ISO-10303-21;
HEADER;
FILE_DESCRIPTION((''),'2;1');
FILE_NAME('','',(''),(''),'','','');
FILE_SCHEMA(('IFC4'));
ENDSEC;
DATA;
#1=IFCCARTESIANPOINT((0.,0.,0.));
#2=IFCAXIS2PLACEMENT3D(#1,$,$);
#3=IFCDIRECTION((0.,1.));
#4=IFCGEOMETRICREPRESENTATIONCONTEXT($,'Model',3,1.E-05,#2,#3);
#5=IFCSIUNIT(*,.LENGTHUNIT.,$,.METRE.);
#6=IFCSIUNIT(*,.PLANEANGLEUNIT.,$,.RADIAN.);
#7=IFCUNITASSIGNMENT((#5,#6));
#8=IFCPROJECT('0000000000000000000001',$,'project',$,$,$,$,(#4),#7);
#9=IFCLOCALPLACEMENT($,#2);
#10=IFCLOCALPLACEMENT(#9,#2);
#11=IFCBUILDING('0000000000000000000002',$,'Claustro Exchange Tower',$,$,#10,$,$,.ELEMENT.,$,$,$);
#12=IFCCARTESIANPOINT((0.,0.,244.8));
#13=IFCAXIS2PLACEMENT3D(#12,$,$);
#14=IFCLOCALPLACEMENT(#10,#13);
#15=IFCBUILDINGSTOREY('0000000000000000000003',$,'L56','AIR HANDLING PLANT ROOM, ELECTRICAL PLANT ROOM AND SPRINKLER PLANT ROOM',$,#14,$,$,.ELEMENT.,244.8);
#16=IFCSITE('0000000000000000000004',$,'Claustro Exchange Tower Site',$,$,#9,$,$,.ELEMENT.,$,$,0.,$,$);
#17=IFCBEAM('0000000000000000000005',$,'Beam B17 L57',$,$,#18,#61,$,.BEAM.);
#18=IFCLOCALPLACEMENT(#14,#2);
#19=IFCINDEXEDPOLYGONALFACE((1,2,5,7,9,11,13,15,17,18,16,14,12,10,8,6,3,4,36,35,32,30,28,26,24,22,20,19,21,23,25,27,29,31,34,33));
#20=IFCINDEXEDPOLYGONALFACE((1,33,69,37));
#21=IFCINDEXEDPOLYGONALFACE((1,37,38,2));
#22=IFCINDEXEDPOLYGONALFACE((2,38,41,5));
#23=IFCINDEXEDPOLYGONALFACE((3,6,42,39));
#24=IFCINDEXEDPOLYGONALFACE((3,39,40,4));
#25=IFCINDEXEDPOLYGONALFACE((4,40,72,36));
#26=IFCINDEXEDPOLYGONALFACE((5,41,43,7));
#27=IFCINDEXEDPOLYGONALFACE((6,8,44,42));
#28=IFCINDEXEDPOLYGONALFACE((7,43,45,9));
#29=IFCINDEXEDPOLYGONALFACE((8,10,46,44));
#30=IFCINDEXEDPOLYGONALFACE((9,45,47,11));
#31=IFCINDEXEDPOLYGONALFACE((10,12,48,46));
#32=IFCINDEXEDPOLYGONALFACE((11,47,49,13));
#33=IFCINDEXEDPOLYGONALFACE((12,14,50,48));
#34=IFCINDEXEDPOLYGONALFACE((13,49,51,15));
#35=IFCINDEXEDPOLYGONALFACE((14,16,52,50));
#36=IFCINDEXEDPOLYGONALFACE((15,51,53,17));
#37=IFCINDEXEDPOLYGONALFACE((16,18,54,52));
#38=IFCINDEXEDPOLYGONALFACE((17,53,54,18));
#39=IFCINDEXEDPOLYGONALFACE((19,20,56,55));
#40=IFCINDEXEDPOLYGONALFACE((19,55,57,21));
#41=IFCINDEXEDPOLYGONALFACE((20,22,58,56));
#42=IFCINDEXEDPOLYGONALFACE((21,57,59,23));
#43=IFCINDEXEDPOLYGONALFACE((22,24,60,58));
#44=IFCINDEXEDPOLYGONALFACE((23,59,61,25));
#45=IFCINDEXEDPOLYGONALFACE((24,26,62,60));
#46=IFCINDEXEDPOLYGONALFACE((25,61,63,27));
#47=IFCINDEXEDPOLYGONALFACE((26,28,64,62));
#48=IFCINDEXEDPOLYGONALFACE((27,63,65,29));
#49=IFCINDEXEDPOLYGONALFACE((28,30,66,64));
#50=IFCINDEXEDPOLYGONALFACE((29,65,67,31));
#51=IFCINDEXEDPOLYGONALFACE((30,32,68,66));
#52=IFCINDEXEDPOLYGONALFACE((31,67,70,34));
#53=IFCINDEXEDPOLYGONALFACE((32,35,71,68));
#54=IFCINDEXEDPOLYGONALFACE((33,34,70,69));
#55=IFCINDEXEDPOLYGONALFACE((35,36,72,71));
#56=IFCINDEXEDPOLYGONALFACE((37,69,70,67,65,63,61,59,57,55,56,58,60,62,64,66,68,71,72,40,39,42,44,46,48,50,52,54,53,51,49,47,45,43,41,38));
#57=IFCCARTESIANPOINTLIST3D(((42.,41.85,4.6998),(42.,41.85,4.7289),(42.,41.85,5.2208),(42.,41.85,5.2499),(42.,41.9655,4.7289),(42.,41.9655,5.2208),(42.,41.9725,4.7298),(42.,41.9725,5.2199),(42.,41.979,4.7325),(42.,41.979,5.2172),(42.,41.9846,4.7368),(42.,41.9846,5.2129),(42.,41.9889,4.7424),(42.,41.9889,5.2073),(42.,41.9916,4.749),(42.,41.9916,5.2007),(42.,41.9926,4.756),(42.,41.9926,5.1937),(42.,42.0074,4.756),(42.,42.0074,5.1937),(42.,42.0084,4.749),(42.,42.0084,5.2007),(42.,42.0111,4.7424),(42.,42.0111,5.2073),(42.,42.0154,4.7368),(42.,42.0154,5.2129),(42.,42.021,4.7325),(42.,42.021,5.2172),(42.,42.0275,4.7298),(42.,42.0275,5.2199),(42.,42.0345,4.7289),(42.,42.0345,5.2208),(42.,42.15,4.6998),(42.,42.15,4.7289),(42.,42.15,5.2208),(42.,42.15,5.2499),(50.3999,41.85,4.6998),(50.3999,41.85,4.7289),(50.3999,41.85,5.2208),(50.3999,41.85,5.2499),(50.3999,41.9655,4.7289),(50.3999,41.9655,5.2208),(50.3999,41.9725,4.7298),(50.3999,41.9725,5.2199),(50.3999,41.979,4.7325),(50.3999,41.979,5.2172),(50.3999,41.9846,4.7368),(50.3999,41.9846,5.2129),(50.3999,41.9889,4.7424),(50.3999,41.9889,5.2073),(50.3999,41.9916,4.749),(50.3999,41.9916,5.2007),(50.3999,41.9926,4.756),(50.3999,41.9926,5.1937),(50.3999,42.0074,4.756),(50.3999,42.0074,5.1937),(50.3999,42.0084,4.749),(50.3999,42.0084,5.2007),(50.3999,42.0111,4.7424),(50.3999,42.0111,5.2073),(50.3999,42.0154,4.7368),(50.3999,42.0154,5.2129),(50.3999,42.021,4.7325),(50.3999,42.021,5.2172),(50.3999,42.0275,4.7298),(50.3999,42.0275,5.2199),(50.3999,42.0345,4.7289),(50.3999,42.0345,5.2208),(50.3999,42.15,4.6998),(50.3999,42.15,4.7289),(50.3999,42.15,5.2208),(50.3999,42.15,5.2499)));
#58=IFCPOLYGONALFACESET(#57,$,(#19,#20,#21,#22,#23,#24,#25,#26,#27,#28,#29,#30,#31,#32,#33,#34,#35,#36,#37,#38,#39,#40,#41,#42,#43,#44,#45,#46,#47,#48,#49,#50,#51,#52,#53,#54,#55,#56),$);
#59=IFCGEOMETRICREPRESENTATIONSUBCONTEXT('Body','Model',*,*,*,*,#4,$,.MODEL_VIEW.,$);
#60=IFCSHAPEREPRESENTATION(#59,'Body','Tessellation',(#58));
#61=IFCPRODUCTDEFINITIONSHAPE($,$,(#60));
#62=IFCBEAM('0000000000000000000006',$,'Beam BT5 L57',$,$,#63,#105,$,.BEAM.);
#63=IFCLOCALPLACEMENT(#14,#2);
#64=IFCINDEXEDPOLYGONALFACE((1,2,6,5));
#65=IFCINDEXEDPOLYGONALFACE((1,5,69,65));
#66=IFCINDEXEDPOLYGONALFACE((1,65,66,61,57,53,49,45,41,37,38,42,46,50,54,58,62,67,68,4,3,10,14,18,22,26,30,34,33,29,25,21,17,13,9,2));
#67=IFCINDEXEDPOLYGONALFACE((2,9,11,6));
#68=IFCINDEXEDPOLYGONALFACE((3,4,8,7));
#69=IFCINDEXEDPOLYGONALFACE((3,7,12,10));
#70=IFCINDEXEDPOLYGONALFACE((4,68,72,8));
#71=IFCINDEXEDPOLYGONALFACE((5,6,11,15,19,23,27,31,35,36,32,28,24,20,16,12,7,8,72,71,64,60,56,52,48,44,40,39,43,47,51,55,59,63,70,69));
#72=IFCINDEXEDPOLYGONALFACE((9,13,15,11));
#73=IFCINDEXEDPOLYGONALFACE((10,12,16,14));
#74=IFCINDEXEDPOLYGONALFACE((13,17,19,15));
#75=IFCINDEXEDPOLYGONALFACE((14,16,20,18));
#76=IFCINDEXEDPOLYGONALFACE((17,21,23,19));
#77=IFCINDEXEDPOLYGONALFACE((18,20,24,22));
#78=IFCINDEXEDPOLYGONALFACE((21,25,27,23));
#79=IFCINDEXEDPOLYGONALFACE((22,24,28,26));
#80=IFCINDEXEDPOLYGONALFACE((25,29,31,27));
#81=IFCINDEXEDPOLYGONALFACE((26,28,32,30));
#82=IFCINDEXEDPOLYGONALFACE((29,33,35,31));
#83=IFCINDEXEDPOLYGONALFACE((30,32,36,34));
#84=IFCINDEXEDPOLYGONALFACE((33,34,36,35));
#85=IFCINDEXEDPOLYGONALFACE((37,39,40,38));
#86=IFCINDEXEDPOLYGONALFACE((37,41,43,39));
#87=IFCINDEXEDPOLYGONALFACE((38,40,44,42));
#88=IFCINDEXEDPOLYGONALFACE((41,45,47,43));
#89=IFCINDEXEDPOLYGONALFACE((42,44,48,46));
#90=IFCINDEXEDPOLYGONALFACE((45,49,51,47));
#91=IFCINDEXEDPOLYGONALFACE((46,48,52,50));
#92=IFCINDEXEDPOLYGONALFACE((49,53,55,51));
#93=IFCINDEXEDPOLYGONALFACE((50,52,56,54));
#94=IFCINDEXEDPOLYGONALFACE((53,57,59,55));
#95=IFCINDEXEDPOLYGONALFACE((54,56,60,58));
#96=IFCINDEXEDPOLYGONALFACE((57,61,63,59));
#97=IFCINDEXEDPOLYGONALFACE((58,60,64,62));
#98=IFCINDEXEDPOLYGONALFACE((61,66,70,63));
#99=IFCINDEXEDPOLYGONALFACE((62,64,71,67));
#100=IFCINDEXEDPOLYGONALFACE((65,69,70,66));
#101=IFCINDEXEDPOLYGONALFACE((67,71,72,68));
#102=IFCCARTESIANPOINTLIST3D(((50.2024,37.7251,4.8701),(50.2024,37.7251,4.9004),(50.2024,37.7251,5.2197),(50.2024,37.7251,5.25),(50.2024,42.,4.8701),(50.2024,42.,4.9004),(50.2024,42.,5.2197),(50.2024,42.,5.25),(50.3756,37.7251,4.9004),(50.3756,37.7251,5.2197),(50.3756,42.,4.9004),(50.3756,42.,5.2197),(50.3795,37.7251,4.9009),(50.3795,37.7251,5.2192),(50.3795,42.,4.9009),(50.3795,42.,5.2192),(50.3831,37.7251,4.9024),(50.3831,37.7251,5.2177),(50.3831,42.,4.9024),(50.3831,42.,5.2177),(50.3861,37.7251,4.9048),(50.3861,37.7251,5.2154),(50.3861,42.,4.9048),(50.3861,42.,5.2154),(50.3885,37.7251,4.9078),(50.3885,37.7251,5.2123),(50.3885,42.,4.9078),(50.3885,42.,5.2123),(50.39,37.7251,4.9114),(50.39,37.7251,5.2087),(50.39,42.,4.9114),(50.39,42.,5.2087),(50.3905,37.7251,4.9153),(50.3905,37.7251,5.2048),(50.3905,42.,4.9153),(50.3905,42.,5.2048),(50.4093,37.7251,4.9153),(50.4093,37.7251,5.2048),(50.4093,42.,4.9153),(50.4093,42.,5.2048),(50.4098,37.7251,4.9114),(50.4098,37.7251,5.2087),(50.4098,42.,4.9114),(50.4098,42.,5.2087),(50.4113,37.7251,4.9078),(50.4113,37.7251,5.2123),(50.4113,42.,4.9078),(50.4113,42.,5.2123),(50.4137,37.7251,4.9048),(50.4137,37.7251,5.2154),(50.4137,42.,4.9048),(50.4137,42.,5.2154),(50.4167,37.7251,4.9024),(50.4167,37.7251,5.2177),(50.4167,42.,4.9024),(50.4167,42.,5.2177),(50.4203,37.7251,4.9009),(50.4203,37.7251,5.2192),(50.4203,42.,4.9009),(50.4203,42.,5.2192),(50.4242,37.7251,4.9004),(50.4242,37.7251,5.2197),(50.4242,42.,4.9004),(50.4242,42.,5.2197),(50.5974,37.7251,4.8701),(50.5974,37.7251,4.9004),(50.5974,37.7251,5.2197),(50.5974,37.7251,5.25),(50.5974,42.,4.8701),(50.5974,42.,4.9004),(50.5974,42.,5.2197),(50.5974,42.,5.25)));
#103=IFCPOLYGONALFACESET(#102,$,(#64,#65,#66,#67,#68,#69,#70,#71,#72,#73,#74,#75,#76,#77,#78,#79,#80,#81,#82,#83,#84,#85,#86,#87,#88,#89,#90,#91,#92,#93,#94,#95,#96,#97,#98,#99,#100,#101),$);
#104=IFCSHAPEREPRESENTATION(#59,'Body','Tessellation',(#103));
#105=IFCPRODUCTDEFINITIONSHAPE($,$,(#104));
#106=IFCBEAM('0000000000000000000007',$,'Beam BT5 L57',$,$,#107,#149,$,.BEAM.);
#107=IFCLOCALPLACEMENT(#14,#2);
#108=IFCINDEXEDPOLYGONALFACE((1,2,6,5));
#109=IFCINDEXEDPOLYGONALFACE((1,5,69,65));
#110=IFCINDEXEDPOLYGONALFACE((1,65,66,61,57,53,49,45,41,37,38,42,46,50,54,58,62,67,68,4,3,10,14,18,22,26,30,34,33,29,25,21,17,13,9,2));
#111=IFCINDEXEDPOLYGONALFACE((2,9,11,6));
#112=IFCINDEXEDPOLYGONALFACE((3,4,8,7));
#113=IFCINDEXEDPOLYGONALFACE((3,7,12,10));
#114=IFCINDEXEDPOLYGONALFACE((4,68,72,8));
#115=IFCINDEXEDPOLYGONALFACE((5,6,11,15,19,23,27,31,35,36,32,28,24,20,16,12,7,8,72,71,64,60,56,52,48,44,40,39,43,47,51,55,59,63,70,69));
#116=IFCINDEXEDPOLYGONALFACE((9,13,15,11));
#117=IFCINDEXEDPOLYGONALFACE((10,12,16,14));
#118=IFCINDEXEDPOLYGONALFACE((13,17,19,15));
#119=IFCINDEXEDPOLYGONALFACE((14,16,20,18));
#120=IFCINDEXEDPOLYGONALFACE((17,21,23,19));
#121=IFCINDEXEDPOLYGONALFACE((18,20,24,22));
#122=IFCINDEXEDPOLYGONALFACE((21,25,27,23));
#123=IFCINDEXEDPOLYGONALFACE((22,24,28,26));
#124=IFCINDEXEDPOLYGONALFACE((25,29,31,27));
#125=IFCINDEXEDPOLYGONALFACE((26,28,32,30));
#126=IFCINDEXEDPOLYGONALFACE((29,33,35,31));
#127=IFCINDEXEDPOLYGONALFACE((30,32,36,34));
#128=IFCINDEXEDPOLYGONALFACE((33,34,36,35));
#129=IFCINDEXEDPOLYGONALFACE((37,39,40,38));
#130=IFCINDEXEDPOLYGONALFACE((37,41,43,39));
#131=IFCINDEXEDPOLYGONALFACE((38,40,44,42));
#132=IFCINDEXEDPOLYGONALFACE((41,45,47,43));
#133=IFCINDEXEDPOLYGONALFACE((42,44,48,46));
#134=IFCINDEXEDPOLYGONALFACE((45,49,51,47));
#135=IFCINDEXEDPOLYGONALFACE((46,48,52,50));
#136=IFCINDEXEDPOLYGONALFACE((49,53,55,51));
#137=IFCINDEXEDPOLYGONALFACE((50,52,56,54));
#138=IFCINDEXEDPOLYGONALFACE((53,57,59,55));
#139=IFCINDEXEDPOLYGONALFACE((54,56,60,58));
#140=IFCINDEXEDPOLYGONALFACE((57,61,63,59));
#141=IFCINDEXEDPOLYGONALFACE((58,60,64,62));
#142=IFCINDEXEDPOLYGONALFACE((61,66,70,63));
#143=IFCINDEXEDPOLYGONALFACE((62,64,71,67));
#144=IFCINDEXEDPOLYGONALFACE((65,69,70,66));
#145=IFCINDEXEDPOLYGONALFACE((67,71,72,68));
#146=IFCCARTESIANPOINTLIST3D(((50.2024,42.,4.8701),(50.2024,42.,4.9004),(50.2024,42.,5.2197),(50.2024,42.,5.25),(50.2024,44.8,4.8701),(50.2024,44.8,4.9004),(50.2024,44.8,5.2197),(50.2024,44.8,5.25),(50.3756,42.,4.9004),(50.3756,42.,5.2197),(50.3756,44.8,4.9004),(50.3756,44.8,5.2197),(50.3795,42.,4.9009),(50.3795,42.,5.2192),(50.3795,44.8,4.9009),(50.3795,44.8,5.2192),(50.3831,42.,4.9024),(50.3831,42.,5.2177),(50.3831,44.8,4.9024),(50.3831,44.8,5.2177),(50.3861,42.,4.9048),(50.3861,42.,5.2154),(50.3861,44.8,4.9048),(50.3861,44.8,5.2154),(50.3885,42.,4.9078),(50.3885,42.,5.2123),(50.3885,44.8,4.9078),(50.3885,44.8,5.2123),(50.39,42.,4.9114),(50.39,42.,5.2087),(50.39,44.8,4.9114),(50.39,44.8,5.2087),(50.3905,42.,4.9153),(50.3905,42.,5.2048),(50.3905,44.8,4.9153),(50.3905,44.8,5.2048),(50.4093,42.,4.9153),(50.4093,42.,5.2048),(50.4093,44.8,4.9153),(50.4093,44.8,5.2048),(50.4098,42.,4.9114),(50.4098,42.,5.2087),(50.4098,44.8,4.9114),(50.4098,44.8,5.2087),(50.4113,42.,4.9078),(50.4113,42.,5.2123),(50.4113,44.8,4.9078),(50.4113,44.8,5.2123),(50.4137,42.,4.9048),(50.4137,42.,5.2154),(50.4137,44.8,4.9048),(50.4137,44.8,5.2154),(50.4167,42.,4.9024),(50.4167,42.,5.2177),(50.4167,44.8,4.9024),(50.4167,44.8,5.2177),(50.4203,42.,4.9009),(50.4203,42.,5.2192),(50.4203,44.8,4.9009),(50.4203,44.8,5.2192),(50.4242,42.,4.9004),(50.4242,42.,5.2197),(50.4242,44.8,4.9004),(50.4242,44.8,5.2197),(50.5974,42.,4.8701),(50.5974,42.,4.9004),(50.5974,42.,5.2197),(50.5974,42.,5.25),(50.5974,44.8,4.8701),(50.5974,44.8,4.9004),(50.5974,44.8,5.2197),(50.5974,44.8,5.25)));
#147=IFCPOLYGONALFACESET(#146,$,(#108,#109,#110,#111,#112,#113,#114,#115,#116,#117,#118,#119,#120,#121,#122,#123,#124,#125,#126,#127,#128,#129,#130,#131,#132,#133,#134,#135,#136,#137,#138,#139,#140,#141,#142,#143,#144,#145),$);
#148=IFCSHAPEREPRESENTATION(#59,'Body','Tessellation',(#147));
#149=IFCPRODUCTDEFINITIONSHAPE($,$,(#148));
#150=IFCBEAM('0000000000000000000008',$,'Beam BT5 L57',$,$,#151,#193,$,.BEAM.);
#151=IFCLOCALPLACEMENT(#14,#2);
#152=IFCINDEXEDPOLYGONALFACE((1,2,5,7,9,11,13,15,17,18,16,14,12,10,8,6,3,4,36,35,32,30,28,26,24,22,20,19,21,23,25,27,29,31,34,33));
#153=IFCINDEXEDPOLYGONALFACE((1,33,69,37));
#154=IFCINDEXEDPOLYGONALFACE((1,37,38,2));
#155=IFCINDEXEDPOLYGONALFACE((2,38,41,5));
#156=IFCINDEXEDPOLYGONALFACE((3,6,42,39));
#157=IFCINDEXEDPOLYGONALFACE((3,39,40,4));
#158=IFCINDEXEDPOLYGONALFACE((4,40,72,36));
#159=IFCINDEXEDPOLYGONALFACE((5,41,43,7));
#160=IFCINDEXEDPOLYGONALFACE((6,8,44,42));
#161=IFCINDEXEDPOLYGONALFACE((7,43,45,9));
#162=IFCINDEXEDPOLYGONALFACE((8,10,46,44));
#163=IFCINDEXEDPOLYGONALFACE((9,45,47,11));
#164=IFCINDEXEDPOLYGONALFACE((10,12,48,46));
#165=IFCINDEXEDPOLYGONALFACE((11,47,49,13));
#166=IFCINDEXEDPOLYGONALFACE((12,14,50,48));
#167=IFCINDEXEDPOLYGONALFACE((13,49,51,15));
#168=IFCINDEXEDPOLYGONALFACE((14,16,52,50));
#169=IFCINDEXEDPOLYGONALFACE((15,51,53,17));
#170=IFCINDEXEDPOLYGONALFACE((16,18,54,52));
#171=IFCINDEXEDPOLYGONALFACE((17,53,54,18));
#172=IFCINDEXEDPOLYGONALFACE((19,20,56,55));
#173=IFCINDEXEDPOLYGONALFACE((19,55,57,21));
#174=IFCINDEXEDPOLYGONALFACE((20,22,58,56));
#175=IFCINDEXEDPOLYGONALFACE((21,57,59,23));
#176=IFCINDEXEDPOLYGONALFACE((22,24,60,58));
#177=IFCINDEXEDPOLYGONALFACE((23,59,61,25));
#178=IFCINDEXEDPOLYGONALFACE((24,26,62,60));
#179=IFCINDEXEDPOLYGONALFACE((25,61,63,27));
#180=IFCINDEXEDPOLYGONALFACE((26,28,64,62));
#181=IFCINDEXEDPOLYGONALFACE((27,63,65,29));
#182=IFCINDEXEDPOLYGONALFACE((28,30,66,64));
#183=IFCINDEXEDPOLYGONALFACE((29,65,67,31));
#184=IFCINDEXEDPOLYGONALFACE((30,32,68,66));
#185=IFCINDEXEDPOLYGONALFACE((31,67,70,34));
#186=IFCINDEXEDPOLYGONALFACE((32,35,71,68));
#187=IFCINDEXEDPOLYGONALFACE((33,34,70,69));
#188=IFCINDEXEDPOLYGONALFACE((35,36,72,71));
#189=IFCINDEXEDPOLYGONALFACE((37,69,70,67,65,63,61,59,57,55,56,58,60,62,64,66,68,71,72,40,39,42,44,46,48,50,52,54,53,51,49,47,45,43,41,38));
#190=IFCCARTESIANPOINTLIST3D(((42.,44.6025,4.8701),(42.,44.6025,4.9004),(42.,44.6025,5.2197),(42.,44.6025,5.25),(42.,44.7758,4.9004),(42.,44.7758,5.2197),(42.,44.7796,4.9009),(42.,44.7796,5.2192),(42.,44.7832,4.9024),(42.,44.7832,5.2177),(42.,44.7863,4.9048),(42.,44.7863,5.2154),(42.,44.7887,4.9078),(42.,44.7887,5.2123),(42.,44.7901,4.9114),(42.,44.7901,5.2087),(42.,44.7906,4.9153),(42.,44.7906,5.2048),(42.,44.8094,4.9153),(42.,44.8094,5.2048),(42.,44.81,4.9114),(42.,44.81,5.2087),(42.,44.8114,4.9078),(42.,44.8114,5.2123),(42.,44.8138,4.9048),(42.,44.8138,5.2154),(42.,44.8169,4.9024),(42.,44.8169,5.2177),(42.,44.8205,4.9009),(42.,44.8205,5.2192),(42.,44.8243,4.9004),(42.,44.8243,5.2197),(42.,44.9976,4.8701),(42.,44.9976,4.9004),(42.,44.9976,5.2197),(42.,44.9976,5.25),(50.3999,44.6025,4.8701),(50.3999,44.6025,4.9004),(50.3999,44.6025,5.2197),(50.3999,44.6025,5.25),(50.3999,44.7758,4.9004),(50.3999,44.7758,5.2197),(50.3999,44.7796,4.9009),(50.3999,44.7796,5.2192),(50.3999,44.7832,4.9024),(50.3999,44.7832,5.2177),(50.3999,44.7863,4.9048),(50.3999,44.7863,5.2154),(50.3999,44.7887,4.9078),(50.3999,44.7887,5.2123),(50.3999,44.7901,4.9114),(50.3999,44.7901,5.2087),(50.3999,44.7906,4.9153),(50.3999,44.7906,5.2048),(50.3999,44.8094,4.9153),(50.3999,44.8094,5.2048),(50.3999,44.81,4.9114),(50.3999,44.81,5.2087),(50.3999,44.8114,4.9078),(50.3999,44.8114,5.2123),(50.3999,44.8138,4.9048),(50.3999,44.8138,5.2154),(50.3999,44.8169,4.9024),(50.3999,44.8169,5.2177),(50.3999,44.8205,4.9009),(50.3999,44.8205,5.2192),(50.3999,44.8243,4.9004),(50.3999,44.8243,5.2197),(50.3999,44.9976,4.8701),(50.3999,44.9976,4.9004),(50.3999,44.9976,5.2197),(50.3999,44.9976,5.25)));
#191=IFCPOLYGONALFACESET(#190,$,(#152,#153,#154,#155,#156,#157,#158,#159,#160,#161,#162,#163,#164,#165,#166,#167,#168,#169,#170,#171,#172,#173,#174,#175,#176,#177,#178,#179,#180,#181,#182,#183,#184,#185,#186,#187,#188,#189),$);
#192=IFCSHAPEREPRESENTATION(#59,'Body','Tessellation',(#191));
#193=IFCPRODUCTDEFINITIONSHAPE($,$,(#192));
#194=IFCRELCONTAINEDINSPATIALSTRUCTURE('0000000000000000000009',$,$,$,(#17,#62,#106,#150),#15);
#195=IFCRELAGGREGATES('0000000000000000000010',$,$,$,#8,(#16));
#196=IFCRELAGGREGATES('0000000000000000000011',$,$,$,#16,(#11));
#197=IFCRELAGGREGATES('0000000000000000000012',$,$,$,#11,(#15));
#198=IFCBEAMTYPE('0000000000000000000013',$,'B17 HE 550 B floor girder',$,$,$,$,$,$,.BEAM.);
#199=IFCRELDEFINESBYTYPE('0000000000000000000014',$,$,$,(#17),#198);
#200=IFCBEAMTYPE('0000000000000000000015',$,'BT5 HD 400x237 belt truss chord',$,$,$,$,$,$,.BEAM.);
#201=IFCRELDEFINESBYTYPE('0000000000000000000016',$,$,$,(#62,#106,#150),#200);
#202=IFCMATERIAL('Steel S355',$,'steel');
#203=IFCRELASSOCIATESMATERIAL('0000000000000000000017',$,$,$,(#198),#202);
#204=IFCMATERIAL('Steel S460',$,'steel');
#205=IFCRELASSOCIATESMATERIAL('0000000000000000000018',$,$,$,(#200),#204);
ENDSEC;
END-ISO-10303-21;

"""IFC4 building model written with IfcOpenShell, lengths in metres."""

from ifc_helpers import new_model, si_unit, direction, frame, origin, origin_2d, place, context, subcontext, project, spatial, i_section, extrude, material, material_profile, profile_set, type_object, element, save


model = new_model("IFC4")

# Units and contexts
model_context = context("Model", 3, precision=1e-05, world=origin(), true_north=direction((0.0, 1.0)))
body_context = subcontext(model_context, "Body", "Model", "MODEL_VIEW")
ifc_project = project(units=[si_unit("LENGTHUNIT", "METRE"), si_unit("PLANEANGLEUNIT", "RADIAN")], contexts=[model_context])

# Site, building, storey
site_placement = place(None, origin())
site = spatial("IfcSite", under=ifc_project, at=site_placement, Name="Claustro Exchange Tower Site", CompositionType="ELEMENT", RefElevation=0.0)
building_placement = place(site_placement, origin())
building = spatial("IfcBuilding", under=site, at=building_placement, Name="Claustro Exchange Tower", CompositionType="ELEMENT")
storey_placement = place(building_placement, frame((0.0, 0.0, 244.8)))
storey = spatial("IfcBuildingStorey", under=building, at=storey_placement, Name="L56", Description="AIR HANDLING PLANT ROOM, ELECTRICAL PLANT ROOM AND SPRINKLER PLANT ROOM", CompositionType="ELEMENT", Elevation=244.8)

# Beams
ifc_material_1 = material(Name="Steel S355", Category="steel")
ifc_material_profile_1 = material_profile(ifc_material_1, i_section(OverallWidth=0.3, OverallDepth=0.55, WebThickness=0.0149, FlangeThickness=0.0291, FilletRadius=0.0271, at=origin_2d()), Name="HE 550 B")
ifc_profile_set_1 = profile_set([ifc_material_profile_1], Name="Steel S355")
beam_type_1 = type_object("IfcBeamType", Name="B17 HE 550 B floor girder", PredefinedType="BEAM", material=ifc_profile_set_1)
beam_1_placement = place(storey_placement, frame((42.0, 42.0, 4.9749), z_axis=(1.0, 0.0, 0.0), x_axis=(0.0, 1.0, 0.0)))
element("IfcBeam", 1, at=beam_1_placement, inside=storey, type_object=beam_type_1, Name="Beam B17 L57", PredefinedType="BEAM", context=body_context, shape_type="SweptSolid", body=[
    extrude(i_section(OverallWidth=0.3, OverallDepth=0.55, WebThickness=0.0149, FlangeThickness=0.0291, FilletRadius=0.0271, at=origin_2d()), origin(), (0.0, 0.0, 1.0), 8.3999),
])
ifc_material_2 = material(Name="Steel S460", Category="steel")
ifc_material_profile_2 = material_profile(ifc_material_2, i_section(OverallWidth=0.395, OverallDepth=0.3799, WebThickness=0.0188, FlangeThickness=0.0303, FilletRadius=0.0149, at=origin_2d()), Name="HD 400x237")
ifc_profile_set_2 = profile_set([ifc_material_profile_2], Name="Steel S460")
beam_type_2 = type_object("IfcBeamType", Name="BT5 HD 400x237 belt truss chord", PredefinedType="BEAM", material=ifc_profile_set_2)
beam_2_placement = place(storey_placement, frame((50.3999, 37.7251, 5.0601), z_axis=(0.0, 1.0, 0.0), x_axis=(-1.0, 0.0, 0.0)))
element("IfcBeam", 2, at=beam_2_placement, inside=storey, type_object=beam_type_2, Name="Beam BT5 L57", PredefinedType="BEAM", context=body_context, shape_type="SweptSolid", body=[
    extrude(i_section(OverallWidth=0.395, OverallDepth=0.3799, WebThickness=0.0188, FlangeThickness=0.0303, FilletRadius=0.0149, at=origin_2d()), origin(), (0.0, 0.0, 1.0), 4.2749),
])
beam_3_placement = place(storey_placement, frame((50.3999, 42.0, 5.0601), z_axis=(0.0, 1.0, 0.0), x_axis=(-1.0, 0.0, 0.0)))
element("IfcBeam", 3, at=beam_3_placement, inside=storey, type_object=beam_type_2, Name="Beam BT5 L57", PredefinedType="BEAM", context=body_context, shape_type="SweptSolid", body=[
    extrude(i_section(OverallWidth=0.395, OverallDepth=0.3799, WebThickness=0.0188, FlangeThickness=0.0303, FilletRadius=0.0149, at=origin_2d()), origin(), (0.0, 0.0, 1.0), 2.8),
])
beam_4_placement = place(storey_placement, frame((42.0, 44.8, 5.0601), z_axis=(1.0, 0.0, 0.0), x_axis=(0.0, 1.0, 0.0)))
element("IfcBeam", 4, at=beam_4_placement, inside=storey, type_object=beam_type_2, Name="Beam BT5 L57", PredefinedType="BEAM", context=body_context, shape_type="SweptSolid", body=[
    extrude(i_section(OverallWidth=0.395, OverallDepth=0.3799, WebThickness=0.0188, FlangeThickness=0.0303, FilletRadius=0.0149, at=origin_2d()), origin(), (0.0, 0.0, 1.0), 8.3999),
])

save(model, "model.ifc")
